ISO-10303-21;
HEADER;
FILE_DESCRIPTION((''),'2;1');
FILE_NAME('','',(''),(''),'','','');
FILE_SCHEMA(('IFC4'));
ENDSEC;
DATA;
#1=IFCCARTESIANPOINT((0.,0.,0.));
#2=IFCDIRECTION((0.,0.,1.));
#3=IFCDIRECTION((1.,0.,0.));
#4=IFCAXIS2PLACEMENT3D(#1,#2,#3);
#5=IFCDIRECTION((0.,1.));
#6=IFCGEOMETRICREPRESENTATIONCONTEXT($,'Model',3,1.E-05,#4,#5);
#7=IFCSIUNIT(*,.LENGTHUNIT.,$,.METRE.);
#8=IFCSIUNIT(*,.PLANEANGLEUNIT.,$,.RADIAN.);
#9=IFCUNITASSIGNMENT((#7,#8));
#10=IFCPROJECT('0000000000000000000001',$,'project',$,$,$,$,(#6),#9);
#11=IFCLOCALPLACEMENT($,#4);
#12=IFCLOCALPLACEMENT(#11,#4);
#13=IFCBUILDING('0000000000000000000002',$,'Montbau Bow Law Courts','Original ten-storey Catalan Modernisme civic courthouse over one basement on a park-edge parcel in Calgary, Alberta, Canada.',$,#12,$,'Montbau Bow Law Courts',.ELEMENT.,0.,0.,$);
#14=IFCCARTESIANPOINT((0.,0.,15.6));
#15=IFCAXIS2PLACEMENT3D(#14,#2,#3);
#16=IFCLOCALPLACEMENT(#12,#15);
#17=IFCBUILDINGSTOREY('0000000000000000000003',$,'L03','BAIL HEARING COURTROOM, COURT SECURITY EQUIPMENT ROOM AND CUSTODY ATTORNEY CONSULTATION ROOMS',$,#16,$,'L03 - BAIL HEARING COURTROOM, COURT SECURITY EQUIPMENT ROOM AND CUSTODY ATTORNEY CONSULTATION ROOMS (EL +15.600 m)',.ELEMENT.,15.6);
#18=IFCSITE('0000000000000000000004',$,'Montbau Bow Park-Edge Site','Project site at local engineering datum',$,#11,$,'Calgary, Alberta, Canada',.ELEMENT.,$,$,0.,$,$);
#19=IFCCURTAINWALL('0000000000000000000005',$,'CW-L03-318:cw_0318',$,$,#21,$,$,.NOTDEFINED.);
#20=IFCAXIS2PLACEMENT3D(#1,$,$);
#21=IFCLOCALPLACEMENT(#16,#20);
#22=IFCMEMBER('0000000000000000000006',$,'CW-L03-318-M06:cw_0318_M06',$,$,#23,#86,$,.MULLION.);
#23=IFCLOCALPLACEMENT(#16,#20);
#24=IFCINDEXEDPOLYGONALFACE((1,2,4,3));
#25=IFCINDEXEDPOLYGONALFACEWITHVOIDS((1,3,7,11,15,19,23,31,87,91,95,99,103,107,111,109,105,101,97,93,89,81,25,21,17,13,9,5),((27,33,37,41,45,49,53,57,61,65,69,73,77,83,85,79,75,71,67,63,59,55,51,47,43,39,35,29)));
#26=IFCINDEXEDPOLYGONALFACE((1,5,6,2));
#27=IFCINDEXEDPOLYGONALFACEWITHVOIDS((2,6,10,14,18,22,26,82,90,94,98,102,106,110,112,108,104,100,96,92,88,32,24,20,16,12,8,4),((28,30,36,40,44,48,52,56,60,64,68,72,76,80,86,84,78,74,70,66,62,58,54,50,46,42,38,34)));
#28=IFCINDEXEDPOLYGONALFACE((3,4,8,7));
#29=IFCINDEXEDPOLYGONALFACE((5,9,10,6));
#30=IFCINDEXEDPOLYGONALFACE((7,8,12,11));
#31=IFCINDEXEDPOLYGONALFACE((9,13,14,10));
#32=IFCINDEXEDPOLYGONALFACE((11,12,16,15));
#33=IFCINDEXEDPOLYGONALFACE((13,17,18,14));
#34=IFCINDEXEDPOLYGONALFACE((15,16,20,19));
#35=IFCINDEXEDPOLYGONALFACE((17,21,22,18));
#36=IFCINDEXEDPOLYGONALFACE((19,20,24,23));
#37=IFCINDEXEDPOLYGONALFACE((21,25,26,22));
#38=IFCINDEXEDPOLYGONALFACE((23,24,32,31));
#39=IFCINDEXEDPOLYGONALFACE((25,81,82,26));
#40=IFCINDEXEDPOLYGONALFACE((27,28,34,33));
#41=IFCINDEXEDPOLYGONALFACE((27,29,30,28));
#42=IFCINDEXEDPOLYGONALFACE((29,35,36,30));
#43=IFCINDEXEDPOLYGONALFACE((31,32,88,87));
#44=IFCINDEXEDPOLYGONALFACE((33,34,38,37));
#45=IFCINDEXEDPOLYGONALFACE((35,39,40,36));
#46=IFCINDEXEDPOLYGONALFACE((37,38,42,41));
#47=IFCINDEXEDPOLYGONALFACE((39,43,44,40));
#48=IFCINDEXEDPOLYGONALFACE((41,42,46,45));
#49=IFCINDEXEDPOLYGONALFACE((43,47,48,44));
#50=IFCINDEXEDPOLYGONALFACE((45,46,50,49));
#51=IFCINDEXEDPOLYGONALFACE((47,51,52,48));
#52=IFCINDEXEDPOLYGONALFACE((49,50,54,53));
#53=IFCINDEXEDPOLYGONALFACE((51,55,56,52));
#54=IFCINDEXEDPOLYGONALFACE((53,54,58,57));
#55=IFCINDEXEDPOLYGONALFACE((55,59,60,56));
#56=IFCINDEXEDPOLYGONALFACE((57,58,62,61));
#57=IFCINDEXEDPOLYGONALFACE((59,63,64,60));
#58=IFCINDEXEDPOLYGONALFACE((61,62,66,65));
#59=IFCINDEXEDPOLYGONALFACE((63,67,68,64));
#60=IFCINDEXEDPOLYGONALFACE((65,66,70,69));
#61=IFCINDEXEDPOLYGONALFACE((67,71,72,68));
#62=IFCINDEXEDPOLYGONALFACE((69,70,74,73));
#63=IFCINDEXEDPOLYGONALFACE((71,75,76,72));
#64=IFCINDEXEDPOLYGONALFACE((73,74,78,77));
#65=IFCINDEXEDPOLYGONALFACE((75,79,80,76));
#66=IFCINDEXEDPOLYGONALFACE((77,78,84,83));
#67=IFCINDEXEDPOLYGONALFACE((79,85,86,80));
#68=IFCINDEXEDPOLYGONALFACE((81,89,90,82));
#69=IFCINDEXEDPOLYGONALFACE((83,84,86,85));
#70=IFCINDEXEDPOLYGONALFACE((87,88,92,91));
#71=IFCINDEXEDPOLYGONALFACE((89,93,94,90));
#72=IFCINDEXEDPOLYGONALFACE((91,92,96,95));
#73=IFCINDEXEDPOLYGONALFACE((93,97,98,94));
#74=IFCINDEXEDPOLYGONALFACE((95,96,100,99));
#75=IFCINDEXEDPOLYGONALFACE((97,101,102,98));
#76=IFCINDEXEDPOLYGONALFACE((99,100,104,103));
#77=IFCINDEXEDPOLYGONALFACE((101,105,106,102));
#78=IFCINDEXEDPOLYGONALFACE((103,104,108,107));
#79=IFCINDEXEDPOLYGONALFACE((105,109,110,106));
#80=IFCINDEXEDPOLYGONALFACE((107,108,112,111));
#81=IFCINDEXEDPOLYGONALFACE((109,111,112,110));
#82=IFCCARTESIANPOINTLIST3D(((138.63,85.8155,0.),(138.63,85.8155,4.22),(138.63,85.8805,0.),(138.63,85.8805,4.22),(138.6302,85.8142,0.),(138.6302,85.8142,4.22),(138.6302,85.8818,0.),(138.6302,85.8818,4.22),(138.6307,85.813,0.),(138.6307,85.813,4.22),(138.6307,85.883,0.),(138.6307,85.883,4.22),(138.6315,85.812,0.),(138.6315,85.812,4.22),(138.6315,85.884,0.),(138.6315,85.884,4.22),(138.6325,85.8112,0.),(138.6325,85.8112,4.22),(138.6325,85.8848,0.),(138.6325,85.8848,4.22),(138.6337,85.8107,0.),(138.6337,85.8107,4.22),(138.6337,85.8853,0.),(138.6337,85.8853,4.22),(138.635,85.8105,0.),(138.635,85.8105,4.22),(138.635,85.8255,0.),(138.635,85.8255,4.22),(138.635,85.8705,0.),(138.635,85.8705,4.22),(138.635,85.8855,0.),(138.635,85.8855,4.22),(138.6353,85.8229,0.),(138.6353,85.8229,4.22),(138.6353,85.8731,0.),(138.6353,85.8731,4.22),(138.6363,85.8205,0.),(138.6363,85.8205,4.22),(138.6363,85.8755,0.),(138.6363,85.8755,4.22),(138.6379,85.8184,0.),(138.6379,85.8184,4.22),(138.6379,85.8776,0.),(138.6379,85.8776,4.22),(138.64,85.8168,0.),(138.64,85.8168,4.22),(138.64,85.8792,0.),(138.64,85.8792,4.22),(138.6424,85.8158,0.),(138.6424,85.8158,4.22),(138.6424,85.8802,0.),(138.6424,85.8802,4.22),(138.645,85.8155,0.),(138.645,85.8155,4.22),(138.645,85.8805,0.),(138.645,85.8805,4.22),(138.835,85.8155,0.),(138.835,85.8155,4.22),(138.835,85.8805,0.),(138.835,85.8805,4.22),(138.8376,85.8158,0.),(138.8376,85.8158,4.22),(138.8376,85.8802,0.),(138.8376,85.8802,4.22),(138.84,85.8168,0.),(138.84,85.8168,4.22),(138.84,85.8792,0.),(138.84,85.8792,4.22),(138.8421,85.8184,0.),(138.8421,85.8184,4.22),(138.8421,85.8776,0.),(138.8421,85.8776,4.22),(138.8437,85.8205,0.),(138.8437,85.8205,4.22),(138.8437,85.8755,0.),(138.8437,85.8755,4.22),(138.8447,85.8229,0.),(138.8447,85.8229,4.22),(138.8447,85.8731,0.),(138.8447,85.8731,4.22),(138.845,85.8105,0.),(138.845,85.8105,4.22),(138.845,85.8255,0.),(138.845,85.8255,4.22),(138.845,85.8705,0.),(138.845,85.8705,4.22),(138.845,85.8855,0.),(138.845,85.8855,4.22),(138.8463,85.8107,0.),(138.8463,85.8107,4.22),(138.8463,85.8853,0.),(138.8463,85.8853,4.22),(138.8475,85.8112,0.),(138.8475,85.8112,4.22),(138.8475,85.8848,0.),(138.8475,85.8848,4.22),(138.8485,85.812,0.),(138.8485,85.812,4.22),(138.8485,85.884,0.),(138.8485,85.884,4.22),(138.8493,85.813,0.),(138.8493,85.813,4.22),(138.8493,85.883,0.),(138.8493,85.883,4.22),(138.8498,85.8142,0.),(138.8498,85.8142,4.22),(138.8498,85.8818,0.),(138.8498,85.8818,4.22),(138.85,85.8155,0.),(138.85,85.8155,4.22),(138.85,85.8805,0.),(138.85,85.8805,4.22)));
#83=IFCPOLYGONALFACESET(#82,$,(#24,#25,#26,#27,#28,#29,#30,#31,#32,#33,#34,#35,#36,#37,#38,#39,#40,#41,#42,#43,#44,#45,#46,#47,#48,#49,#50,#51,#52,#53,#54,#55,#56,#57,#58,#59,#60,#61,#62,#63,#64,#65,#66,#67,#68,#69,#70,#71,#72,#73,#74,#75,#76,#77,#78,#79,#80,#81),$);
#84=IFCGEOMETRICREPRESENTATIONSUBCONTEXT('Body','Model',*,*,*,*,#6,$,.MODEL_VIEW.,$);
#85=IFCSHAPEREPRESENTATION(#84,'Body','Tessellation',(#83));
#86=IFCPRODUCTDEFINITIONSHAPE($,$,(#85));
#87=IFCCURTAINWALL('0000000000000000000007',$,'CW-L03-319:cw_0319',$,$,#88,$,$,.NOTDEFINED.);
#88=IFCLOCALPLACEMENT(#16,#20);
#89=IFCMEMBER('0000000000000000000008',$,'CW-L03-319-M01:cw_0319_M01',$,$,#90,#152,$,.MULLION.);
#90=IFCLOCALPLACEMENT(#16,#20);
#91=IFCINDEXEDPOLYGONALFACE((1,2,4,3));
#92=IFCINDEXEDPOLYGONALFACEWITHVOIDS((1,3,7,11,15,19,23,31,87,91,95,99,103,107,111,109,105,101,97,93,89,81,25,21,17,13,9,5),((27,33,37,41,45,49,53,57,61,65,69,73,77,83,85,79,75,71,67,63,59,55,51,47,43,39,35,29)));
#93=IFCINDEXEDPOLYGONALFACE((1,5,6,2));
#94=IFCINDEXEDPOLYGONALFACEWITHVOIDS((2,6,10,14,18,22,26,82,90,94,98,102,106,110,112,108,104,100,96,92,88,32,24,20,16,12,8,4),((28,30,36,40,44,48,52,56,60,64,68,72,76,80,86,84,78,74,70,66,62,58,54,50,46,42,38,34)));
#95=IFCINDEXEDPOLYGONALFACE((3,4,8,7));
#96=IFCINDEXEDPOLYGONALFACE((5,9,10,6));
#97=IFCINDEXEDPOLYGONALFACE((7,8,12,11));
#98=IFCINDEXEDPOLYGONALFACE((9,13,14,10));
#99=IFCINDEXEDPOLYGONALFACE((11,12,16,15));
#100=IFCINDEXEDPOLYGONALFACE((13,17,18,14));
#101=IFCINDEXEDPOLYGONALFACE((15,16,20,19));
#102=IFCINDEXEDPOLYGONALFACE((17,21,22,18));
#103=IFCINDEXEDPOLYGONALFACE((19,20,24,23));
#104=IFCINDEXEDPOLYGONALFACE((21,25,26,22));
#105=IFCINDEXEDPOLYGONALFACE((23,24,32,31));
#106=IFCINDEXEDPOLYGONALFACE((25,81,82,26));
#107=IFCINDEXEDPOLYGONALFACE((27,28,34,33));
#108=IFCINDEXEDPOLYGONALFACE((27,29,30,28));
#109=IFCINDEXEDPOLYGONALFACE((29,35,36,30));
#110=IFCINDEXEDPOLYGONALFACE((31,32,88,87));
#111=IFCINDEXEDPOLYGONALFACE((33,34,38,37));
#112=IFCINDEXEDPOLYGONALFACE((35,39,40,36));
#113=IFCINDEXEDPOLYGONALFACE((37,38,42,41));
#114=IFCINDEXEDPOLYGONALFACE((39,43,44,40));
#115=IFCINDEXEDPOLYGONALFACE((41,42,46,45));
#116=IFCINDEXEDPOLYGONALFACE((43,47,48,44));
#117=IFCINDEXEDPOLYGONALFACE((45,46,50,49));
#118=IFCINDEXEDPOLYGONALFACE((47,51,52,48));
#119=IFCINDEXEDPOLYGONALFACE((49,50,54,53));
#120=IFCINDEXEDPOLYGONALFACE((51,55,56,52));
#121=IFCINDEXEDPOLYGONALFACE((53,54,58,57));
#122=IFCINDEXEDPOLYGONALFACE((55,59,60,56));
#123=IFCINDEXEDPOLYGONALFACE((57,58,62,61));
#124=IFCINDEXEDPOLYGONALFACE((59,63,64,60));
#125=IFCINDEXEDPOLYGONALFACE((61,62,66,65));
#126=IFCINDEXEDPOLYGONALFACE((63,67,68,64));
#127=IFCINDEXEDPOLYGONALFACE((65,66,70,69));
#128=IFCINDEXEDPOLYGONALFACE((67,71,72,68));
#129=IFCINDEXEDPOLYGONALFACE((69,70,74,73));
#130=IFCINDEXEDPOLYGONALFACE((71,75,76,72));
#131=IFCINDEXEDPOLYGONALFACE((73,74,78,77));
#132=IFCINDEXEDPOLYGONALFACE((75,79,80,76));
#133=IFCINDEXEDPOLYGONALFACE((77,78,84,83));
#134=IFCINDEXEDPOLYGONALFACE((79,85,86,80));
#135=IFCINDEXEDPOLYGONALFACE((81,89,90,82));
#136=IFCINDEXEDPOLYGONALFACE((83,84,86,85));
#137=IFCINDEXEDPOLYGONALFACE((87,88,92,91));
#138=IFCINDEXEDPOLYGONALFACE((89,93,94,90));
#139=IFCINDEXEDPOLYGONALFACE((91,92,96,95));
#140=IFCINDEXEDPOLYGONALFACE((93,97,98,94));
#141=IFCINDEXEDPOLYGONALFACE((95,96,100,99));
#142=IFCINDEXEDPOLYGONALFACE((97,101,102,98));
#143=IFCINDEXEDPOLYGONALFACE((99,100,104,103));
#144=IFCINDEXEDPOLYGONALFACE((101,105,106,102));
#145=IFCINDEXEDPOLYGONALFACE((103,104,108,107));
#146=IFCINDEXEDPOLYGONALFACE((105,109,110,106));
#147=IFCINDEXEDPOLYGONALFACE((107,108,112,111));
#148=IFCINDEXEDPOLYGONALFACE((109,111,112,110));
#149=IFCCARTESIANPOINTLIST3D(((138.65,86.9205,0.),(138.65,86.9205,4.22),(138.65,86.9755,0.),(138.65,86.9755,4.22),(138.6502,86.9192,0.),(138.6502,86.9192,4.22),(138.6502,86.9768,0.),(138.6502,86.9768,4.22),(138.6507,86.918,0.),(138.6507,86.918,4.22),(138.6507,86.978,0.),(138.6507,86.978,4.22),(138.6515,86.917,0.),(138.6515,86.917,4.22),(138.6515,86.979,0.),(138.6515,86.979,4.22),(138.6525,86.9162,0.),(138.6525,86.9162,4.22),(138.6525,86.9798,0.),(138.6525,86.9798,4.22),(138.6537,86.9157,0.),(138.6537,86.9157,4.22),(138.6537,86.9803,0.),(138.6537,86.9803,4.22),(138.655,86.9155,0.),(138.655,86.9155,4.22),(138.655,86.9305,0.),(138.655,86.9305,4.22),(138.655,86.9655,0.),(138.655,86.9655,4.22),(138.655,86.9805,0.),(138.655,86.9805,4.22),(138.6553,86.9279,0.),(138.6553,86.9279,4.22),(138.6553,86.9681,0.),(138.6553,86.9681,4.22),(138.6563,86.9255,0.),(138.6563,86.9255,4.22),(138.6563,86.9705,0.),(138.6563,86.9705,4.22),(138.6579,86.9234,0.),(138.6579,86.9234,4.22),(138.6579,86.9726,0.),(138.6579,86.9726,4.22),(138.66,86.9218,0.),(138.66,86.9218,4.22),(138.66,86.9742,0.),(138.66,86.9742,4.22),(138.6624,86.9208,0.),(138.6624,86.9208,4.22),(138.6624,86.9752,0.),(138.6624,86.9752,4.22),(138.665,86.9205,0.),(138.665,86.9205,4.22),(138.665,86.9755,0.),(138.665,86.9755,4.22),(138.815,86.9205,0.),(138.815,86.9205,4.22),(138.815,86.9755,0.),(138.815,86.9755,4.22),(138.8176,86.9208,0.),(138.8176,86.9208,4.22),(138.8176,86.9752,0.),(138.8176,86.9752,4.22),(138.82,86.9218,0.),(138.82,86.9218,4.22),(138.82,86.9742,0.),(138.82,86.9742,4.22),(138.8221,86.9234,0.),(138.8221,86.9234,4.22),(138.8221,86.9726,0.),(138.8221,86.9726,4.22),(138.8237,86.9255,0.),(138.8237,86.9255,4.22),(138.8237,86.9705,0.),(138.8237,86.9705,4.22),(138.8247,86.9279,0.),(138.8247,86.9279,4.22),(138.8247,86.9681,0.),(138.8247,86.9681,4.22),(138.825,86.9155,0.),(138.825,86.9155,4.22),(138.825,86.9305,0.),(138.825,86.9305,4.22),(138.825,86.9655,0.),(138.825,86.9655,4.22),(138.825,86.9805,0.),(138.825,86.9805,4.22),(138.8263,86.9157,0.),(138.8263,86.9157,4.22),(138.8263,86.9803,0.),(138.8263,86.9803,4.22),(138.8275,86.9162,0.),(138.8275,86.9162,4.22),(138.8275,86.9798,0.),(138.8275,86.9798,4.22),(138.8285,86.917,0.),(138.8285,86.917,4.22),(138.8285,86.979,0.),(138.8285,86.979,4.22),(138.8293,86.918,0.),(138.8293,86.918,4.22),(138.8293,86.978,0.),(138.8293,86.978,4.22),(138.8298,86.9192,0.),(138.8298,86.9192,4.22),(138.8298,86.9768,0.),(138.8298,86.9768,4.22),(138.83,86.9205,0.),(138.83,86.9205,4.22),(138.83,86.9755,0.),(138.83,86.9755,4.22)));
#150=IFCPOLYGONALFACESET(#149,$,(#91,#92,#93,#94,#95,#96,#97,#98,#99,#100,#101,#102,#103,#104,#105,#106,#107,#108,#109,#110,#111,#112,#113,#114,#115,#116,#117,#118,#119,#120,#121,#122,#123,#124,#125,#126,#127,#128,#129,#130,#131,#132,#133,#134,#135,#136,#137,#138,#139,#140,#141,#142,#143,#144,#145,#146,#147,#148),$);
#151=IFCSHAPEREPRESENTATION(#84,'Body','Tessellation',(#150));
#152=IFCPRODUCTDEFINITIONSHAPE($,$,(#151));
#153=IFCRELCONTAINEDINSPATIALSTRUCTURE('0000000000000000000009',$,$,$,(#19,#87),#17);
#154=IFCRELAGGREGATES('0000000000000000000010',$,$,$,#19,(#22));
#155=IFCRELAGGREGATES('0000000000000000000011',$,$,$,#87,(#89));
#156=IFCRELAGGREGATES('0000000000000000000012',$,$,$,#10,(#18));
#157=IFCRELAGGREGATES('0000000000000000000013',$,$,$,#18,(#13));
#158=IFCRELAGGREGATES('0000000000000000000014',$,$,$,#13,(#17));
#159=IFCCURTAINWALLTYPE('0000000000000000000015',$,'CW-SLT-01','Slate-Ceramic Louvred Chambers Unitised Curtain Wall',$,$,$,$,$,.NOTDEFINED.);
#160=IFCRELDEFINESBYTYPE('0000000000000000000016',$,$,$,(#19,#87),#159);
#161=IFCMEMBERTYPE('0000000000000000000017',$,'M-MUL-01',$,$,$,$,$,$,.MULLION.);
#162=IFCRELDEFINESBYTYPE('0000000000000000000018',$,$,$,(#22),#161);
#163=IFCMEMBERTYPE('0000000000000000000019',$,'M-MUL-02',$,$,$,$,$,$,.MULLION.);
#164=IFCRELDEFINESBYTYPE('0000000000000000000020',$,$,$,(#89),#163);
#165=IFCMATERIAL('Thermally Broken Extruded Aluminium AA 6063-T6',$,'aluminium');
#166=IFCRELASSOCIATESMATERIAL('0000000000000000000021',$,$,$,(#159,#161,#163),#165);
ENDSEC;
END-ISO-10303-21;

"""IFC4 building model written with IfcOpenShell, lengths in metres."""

from ifc_helpers import new_model, si_unit, direction, frame, origin_with_axes, origin_2d_with_axis, place, context, subcontext, project, spatial, hollow_rectangle, extrude, material, material_profile, profile_set, type_object, element, aggregate, save


model = new_model("IFC4")

# Units and contexts
model_context = context("Model", 3, precision=1e-05, world=origin_with_axes(), true_north=direction((0.0, 1.0)))
body_context = subcontext(model_context, "Body", "Model", "MODEL_VIEW")
ifc_project = project(units=[si_unit("LENGTHUNIT", "METRE"), si_unit("PLANEANGLEUNIT", "RADIAN")], contexts=[model_context])

# Site, building, storey
site_placement = place(None, origin_with_axes())
site = spatial("IfcSite", under=ifc_project, at=site_placement, Name="Montbau Bow Park-Edge Site", Description="Project site at local engineering datum", LongName="Calgary, Alberta, Canada", CompositionType="ELEMENT", RefElevation=0.0)
building_placement = place(site_placement, origin_with_axes())
building = spatial("IfcBuilding", under=site, at=building_placement, Name="Montbau Bow Law Courts", Description="Original ten-storey Catalan Modernisme civic courthouse over one basement on a park-edge parcel in Calgary, Alberta, Canada.", LongName="Montbau Bow Law Courts", CompositionType="ELEMENT", ElevationOfRefHeight=0.0, ElevationOfTerrain=0.0)
storey_placement = place(building_placement, frame((0.0, 0.0, 15.6), z_axis=(0.0, 0.0, 1.0), x_axis=(1.0, 0.0, 0.0)))
storey = spatial("IfcBuildingStorey", under=building, at=storey_placement, Name="L03", Description="BAIL HEARING COURTROOM, COURT SECURITY EQUIPMENT ROOM AND CUSTODY ATTORNEY CONSULTATION ROOMS", LongName="L03 - BAIL HEARING COURTROOM, COURT SECURITY EQUIPMENT ROOM AND CUSTODY ATTORNEY CONSULTATION ROOMS (EL +15.600 m)", CompositionType="ELEMENT", Elevation=15.6)

# Curtain walls, members
ifc_material_1 = material(Name="Thermally Broken Extruded Aluminium AA 6063-T6", Category="aluminium")
curtain_wall_type = type_object("IfcCurtainWallType", Name="CW-SLT-01", Description="Slate-Ceramic Louvred Chambers Unitised Curtain Wall", PredefinedType="NOTDEFINED", material=ifc_material_1)
curtain_wall_1_placement = place(None, frame((138.74, 78.515, 15.6), z_axis=(0.0, 0.0, 1.0), x_axis=(1.0, 0.0, 0.0)))
curtain_wall_1 = element("IfcCurtainWall", 1, at=curtain_wall_1_placement, inside=storey, type_object=curtain_wall_type, Name="CW-L03-318:cw_0318", PredefinedType="NOTDEFINED")
ifc_material_profile_1 = material_profile(ifc_material_1, hollow_rectangle(XDim=0.075, YDim=0.22, WallThickness=0.005, InnerFilletRadius=0.01, OuterFilletRadius=0.005, at=origin_2d_with_axis()), Name="CWM-220X75", Category="Main", Priority=0)
ifc_profile_set_1 = profile_set([ifc_material_profile_1], Name="Thermally Broken Extruded Aluminium AA 6063-T6")
member_type_1 = type_object("IfcMemberType", Name="M-MUL-01", PredefinedType="MULLION", material=ifc_profile_set_1)
member_1_placement = place(None, frame((138.74, 85.848, 15.6), z_axis=(0.0, 0.0, 1.0), x_axis=(0.0, 1.0, 0.0)))
member_1 = element("IfcMember", 2, at=member_1_placement, type_object=member_type_1, Name="CW-L03-318-M06:cw_0318_M06", PredefinedType="MULLION", context=body_context, shape_type="SweptSolid", body=[
    extrude(hollow_rectangle(XDim=0.075, YDim=0.22, WallThickness=0.005, InnerFilletRadius=0.01, OuterFilletRadius=0.005, at=origin_2d_with_axis()), origin_with_axes(), (0.0, 0.0, 1.0), 4.22),
])
curtain_wall_2_placement = place(None, frame((138.74, 86.915, 15.6), z_axis=(0.0, 0.0, 1.0), x_axis=(1.0, 0.0, 0.0)))
curtain_wall_2 = element("IfcCurtainWall", 3, at=curtain_wall_2_placement, inside=storey, type_object=curtain_wall_type, Name="CW-L03-319:cw_0319", PredefinedType="NOTDEFINED")
ifc_material_profile_2 = material_profile(ifc_material_1, hollow_rectangle(XDim=0.065, YDim=0.18, WallThickness=0.005, InnerFilletRadius=0.01, OuterFilletRadius=0.005, at=origin_2d_with_axis()), Name="CWM-180X65", Category="Main", Priority=0)
ifc_profile_set_2 = profile_set([ifc_material_profile_2], Name="Thermally Broken Extruded Aluminium AA 6063-T6")
member_type_2 = type_object("IfcMemberType", Name="M-MUL-02", PredefinedType="MULLION", material=ifc_profile_set_2)
member_2_placement = place(None, frame((138.74, 86.948, 15.6), z_axis=(0.0, 0.0, 1.0), x_axis=(0.0, 1.0, 0.0)))
member_2 = element("IfcMember", 4, at=member_2_placement, type_object=member_type_2, Name="CW-L03-319-M01:cw_0319_M01", PredefinedType="MULLION", context=body_context, shape_type="SweptSolid", body=[
    extrude(hollow_rectangle(XDim=0.065, YDim=0.18, WallThickness=0.005, InnerFilletRadius=0.01, OuterFilletRadius=0.005, at=origin_2d_with_axis()), origin_with_axes(), (0.0, 0.0, 1.0), 4.22),
])

aggregate(curtain_wall_1, [member_1])
aggregate(curtain_wall_2, [member_2])

save(model, "model.ifc")
